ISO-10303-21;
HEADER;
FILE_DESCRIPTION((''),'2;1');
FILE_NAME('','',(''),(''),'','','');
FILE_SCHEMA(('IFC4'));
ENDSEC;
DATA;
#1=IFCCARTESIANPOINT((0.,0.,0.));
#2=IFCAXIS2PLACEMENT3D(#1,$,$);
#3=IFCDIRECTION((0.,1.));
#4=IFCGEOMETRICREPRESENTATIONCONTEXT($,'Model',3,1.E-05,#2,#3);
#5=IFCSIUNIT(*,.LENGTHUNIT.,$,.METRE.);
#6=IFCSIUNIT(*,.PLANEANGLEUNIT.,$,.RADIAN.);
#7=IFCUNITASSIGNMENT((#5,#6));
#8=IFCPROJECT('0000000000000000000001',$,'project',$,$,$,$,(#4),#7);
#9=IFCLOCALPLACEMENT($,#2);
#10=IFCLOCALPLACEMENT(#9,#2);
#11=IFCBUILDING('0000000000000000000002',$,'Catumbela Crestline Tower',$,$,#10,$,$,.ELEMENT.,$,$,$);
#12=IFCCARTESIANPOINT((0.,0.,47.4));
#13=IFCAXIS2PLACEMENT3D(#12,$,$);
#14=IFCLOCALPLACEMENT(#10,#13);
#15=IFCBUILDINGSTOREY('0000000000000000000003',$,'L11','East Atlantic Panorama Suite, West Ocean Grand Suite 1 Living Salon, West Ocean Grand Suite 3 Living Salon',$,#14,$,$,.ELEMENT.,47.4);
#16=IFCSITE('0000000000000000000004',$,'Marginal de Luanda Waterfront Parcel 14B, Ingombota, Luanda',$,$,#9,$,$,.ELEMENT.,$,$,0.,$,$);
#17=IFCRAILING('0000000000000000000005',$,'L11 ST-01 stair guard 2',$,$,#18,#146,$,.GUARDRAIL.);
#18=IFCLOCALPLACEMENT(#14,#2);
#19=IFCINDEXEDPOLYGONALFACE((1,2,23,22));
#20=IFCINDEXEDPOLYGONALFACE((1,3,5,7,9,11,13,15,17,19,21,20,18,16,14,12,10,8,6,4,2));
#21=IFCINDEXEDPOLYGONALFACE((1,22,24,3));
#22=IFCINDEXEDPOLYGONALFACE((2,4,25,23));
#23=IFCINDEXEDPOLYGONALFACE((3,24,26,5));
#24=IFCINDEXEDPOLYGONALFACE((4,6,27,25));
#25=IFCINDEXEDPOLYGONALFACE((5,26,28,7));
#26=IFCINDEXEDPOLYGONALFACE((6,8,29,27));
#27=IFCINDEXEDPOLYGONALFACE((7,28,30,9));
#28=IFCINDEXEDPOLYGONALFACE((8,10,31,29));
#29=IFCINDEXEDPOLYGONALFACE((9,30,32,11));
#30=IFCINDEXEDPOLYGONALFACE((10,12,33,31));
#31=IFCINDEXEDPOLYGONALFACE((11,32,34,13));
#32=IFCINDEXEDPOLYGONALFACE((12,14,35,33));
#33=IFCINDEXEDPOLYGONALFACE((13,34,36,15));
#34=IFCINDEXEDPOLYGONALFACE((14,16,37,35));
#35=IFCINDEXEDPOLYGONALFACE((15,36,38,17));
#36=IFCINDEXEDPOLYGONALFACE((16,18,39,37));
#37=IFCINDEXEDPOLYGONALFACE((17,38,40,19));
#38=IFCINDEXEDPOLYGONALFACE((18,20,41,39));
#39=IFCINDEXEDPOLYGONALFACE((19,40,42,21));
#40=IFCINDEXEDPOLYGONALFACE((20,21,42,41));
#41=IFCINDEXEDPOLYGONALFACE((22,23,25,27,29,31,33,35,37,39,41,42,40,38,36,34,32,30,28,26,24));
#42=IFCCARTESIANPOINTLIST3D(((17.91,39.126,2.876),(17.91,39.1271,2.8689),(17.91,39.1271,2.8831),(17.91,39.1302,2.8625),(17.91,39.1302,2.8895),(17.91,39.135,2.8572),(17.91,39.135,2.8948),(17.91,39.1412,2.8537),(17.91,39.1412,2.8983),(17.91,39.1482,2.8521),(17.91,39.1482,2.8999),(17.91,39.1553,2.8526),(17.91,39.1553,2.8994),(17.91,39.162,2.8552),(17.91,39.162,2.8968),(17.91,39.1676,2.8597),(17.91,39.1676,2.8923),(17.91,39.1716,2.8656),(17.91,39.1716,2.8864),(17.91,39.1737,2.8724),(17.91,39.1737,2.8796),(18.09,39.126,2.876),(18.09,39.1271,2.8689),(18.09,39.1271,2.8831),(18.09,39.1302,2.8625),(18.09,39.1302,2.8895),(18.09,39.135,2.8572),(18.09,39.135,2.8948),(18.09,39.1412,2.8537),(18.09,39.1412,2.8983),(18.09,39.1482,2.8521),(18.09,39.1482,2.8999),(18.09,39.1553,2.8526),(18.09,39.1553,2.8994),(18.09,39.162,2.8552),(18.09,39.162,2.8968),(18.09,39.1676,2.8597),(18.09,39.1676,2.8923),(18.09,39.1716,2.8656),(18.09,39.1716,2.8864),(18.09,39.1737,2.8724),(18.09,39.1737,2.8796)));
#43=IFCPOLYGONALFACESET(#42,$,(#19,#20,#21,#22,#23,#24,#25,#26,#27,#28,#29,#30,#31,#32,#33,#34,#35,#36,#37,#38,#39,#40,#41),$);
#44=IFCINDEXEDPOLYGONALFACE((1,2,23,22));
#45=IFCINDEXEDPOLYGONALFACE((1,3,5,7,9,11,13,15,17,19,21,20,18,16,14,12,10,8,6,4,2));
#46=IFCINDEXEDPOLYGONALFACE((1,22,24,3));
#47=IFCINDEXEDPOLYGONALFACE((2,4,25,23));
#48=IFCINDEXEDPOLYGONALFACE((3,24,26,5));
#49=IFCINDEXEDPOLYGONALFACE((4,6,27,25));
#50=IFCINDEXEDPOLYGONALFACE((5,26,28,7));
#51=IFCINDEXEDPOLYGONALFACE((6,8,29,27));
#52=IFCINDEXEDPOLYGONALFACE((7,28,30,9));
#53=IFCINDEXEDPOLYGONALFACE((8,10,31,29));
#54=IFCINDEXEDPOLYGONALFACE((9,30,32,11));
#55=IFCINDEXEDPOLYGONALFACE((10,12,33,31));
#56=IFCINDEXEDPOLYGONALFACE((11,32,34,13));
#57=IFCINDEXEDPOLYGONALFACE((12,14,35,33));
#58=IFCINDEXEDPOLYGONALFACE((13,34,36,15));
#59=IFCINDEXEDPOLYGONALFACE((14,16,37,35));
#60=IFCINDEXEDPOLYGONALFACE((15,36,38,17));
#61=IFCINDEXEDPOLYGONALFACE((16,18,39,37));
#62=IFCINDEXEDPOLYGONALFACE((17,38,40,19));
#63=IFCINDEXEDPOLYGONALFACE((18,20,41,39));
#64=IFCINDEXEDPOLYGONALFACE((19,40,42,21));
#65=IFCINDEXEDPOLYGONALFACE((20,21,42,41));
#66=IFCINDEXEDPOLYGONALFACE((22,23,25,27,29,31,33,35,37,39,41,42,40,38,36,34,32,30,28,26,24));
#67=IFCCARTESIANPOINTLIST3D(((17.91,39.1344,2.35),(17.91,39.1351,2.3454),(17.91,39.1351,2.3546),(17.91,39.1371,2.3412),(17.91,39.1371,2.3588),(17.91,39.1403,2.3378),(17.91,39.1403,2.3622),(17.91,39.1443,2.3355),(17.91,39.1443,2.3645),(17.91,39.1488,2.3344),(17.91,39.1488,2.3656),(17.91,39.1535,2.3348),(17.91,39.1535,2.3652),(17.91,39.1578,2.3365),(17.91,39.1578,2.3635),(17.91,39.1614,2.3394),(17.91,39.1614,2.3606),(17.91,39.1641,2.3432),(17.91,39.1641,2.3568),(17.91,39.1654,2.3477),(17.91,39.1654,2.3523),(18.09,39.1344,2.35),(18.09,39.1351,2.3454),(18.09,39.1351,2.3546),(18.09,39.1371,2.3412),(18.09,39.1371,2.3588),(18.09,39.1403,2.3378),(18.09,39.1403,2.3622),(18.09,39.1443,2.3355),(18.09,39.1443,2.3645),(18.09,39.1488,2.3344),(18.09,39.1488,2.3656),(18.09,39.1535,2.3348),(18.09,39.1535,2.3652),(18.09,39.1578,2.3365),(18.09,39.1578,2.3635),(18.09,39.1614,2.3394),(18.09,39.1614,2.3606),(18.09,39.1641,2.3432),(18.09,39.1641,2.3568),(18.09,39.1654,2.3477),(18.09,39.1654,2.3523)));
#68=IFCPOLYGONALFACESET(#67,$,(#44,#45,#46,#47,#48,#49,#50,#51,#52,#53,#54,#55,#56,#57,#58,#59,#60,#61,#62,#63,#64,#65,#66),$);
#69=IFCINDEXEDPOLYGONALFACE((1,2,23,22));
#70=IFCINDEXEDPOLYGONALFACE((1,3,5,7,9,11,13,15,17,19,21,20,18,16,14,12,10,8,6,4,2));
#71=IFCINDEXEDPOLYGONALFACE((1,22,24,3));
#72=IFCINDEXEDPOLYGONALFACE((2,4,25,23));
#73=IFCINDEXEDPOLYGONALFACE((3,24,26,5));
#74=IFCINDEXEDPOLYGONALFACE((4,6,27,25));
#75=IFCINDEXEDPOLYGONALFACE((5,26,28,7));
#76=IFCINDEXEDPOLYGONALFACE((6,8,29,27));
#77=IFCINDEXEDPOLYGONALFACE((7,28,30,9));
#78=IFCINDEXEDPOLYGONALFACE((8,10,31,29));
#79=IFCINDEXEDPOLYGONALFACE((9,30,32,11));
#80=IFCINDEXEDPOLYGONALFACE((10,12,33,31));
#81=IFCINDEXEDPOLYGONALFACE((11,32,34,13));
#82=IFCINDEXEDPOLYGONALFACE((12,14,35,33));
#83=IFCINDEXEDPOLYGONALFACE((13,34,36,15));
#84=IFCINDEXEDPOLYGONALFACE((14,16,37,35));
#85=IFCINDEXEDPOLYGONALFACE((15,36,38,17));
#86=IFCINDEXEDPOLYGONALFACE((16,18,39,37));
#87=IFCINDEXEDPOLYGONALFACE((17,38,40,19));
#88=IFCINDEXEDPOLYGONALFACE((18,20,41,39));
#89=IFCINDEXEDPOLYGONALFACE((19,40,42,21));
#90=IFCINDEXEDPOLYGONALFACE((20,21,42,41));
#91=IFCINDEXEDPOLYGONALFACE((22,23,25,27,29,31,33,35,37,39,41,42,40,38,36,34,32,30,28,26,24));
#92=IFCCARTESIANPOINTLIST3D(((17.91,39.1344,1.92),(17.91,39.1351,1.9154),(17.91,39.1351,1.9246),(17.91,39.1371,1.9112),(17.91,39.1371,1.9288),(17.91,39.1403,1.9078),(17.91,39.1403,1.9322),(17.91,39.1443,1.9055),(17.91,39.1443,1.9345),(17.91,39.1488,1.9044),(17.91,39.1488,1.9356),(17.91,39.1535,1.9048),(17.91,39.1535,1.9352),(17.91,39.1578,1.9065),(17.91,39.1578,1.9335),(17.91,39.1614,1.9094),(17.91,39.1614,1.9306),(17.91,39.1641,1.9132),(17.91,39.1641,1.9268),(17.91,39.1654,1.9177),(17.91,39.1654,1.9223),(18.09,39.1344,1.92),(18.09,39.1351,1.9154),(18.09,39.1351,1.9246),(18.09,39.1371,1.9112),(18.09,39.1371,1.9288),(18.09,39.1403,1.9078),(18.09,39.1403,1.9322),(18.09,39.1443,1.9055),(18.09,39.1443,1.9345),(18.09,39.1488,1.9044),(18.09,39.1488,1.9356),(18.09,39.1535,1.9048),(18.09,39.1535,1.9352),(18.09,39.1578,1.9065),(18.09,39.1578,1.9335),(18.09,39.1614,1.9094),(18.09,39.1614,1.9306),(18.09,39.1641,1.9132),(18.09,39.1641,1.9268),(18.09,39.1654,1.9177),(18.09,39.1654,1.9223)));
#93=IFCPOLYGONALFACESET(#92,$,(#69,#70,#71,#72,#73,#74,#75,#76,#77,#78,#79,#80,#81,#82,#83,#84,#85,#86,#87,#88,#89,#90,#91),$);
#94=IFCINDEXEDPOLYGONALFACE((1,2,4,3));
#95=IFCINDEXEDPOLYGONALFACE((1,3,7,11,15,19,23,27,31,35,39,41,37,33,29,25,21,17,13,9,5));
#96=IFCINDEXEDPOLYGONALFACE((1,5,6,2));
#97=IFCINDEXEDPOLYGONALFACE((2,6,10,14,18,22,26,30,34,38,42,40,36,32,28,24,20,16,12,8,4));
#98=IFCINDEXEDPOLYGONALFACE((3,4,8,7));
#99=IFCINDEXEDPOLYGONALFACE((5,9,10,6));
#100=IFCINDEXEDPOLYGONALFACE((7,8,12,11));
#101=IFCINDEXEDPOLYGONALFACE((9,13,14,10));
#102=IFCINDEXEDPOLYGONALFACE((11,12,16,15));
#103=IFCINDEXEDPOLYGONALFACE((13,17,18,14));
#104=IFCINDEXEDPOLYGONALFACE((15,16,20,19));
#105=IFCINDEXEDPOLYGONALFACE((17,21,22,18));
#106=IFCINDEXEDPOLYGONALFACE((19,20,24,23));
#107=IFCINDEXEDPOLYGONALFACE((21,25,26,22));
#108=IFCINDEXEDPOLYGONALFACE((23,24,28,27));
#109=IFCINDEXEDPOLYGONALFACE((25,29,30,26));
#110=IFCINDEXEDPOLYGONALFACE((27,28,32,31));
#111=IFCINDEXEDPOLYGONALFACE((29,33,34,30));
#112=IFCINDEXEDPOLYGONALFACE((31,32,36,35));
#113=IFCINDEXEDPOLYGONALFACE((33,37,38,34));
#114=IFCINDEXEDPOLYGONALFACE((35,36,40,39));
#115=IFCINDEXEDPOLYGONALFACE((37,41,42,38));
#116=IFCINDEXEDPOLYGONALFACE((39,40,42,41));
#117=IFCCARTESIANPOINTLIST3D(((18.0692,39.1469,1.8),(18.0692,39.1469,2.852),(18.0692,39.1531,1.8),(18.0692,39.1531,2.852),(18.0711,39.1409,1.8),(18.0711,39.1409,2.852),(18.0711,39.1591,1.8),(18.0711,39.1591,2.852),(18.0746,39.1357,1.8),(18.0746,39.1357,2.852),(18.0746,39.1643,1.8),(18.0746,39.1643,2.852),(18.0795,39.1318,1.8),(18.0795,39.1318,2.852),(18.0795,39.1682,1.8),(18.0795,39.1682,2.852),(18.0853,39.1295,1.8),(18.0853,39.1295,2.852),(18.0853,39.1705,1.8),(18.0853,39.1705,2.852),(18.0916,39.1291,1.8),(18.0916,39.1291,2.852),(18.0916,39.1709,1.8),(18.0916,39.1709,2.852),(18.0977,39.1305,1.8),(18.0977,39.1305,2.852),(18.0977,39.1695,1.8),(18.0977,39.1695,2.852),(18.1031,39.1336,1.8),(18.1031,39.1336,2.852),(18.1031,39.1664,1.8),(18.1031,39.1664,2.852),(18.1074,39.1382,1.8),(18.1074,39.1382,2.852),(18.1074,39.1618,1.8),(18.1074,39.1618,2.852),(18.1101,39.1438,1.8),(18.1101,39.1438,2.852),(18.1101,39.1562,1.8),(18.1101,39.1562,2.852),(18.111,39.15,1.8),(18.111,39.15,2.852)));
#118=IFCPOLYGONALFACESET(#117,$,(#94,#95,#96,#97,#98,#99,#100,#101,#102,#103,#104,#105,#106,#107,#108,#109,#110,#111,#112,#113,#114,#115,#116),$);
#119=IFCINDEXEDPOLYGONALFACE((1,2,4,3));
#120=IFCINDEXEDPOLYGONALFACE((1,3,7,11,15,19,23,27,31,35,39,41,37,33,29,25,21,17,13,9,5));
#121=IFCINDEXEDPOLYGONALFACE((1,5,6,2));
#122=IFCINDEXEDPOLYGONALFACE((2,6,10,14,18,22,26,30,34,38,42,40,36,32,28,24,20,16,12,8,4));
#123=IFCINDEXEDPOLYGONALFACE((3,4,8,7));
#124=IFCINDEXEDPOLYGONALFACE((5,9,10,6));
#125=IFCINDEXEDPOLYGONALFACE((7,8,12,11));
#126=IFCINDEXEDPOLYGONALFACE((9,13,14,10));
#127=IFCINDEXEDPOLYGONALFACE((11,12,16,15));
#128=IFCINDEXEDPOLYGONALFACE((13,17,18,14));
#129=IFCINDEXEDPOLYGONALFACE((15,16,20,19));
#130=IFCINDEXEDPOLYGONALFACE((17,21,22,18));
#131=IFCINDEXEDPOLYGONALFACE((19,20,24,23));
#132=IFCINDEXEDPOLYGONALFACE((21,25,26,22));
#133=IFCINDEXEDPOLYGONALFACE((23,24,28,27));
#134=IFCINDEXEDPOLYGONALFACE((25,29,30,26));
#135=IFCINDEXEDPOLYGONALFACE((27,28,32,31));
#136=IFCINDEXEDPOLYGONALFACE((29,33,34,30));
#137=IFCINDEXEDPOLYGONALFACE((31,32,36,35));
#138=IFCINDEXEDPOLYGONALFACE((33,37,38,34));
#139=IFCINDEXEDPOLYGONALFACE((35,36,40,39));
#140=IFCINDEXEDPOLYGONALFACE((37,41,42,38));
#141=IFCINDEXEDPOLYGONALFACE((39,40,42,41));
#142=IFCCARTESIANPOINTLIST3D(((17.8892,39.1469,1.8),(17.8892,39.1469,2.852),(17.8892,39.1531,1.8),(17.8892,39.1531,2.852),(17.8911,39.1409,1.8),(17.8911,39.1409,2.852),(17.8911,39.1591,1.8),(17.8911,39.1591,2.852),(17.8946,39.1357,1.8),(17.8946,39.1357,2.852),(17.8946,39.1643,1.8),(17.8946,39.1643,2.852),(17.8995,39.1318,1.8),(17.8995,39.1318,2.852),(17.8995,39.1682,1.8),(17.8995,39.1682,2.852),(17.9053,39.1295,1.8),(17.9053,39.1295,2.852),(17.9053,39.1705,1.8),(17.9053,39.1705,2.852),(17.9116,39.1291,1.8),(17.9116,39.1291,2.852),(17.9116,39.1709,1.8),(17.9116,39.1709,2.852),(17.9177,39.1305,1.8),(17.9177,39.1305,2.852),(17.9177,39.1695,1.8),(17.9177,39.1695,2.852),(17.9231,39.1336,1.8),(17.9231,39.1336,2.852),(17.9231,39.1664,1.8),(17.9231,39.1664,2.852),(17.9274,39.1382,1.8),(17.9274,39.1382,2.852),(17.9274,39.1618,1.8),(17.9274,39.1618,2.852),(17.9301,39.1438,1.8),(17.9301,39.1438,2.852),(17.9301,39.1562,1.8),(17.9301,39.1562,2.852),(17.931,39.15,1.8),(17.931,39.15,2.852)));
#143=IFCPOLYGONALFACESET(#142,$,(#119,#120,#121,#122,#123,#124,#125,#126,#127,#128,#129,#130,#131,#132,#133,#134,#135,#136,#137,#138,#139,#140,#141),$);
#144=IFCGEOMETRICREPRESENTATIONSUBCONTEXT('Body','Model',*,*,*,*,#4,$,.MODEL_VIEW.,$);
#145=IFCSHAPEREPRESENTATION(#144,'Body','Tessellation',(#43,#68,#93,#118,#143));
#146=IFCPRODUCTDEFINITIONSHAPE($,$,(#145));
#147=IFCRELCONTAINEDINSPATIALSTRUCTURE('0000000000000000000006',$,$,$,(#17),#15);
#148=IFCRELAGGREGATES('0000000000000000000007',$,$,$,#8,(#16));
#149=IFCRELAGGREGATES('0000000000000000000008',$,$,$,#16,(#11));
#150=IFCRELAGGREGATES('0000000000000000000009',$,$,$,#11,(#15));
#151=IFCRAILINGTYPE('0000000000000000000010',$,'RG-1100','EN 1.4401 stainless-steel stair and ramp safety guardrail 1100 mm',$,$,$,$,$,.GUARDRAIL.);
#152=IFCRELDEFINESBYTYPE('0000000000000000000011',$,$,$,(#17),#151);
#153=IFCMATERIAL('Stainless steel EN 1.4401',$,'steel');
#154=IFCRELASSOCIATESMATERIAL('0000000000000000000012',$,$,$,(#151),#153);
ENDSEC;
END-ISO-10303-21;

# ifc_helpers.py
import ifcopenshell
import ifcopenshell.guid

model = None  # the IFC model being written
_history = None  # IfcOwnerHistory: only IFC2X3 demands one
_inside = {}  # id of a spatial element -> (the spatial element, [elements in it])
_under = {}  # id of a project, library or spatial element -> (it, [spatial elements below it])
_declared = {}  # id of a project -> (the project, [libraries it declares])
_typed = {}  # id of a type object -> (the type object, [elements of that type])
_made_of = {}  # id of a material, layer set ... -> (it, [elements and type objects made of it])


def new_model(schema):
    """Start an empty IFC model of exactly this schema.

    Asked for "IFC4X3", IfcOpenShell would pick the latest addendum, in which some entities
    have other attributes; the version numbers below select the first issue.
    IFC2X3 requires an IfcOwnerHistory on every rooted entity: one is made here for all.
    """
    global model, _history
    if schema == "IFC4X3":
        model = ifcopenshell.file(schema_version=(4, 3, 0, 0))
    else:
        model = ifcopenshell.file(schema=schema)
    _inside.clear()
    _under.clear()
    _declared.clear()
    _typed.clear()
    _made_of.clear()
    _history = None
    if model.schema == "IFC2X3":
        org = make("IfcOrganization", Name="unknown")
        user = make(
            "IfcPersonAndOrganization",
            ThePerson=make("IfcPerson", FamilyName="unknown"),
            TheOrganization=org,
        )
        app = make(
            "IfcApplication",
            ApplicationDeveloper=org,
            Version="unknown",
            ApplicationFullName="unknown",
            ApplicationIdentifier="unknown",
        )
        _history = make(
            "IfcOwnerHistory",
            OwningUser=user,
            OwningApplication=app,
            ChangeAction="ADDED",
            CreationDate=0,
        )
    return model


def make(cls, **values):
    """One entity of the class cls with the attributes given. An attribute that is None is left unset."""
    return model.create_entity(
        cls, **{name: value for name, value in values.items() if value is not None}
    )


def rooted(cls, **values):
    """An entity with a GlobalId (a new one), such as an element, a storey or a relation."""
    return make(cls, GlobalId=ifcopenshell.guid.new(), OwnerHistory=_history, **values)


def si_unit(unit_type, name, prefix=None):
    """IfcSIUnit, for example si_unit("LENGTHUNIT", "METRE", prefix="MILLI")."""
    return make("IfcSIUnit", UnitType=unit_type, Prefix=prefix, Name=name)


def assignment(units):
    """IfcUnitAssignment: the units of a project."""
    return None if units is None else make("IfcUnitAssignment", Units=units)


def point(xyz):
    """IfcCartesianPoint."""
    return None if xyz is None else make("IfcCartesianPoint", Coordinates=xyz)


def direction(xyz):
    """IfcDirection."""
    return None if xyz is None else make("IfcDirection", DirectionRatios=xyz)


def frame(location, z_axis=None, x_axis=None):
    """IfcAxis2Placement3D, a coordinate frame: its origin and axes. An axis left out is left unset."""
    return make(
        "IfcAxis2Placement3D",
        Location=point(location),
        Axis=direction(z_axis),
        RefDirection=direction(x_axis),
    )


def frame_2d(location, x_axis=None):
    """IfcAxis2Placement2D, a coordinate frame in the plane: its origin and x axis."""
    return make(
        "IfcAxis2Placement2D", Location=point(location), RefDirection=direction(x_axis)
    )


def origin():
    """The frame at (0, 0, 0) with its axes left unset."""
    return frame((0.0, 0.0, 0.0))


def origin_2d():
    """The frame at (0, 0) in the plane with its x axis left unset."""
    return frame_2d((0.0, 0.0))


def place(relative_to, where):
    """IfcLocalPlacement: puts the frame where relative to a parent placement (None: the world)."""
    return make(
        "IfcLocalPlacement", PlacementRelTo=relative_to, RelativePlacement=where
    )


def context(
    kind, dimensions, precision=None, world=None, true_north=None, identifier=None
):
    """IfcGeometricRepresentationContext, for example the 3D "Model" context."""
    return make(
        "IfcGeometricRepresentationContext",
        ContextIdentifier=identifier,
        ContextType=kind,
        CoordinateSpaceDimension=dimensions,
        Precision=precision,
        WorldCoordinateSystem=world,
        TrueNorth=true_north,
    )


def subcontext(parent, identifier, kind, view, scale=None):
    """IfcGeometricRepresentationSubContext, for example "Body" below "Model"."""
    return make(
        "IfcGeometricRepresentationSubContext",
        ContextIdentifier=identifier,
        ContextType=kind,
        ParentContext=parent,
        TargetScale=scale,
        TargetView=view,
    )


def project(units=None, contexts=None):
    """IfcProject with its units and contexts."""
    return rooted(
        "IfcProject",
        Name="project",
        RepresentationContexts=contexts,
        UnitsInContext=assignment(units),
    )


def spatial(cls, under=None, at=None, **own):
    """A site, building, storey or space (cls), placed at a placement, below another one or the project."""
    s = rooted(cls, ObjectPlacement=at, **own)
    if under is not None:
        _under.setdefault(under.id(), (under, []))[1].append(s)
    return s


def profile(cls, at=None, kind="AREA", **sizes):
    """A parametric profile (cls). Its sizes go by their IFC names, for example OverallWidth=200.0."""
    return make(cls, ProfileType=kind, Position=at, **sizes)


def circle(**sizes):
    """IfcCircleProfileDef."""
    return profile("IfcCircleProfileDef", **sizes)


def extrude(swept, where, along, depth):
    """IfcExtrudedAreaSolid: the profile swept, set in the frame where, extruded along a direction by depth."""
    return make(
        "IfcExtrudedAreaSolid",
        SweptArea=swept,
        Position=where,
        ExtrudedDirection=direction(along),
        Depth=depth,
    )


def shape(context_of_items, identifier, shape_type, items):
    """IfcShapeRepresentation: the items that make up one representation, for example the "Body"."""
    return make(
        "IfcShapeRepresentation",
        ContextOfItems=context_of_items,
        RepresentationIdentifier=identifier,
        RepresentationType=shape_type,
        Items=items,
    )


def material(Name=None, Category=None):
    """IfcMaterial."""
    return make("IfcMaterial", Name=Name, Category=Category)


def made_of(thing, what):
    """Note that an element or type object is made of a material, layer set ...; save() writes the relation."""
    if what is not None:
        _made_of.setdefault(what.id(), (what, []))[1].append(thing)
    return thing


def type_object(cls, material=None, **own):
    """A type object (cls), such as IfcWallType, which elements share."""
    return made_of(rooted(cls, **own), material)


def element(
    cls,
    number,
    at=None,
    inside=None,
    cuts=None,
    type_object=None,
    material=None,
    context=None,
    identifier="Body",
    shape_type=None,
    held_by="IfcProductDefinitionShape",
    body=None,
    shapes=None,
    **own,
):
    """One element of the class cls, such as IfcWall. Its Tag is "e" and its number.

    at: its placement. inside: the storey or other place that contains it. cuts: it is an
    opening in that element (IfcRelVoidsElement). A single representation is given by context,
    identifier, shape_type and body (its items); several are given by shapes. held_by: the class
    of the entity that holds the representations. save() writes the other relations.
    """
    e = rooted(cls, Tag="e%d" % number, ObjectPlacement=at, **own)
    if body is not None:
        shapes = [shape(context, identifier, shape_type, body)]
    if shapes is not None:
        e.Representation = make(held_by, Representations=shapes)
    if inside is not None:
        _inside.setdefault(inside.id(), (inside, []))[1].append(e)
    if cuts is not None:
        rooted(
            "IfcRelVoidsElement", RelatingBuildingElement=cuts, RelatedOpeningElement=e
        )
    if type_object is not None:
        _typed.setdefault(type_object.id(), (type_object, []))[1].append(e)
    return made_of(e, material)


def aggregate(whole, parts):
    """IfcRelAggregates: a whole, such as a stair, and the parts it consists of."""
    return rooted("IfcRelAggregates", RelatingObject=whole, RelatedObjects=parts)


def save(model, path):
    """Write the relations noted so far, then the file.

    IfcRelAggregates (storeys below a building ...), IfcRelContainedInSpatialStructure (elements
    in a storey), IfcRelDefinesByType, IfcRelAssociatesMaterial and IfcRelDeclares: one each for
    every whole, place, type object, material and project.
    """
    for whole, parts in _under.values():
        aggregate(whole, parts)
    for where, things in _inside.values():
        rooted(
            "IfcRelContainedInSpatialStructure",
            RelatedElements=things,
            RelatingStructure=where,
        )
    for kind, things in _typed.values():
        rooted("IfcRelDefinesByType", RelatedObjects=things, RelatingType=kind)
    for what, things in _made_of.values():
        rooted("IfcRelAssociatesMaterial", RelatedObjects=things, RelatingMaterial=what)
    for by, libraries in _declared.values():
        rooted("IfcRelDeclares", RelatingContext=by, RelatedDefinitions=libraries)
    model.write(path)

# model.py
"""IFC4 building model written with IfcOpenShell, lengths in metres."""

from ifc_helpers import new_model, si_unit, direction, frame, origin, origin_2d, place, context, subcontext, project, spatial, circle, extrude, material, type_object, element, save


model = new_model("IFC4")

# Units and contexts
model_context = context("Model", 3, precision=1e-05, world=origin(), true_north=direction((0.0, 1.0)))
body_context = subcontext(model_context, "Body", "Model", "MODEL_VIEW")
ifc_project = project(units=[si_unit("LENGTHUNIT", "METRE"), si_unit("PLANEANGLEUNIT", "RADIAN")], contexts=[model_context])

# Site, building, storey
site_placement = place(None, origin())
site = spatial("IfcSite", under=ifc_project, at=site_placement, Name="Marginal de Luanda Waterfront Parcel 14B, Ingombota, Luanda", CompositionType="ELEMENT", RefElevation=0.0)
building_placement = place(site_placement, origin())
building = spatial("IfcBuilding", under=site, at=building_placement, Name="Catumbela Crestline Tower", CompositionType="ELEMENT")
storey_placement = place(building_placement, frame((0.0, 0.0, 47.4)))
storey = spatial("IfcBuildingStorey", under=building, at=storey_placement, Name="L11", Description="East Atlantic Panorama Suite, West Ocean Grand Suite 1 Living Salon, West Ocean Grand Suite 3 Living Salon", CompositionType="ELEMENT", Elevation=47.4)

# Railing
ifc_material_1 = material(Name="Stainless steel EN 1.4401", Category="steel")
railing_type_1 = type_object("IfcRailingType", Name="RG-1100", Description="EN 1.4401 stainless-steel stair and ramp safety guardrail 1100 mm", PredefinedType="GUARDRAIL", material=ifc_material_1)
railing_1_placement = place(storey_placement, frame((18.09, 39.15, 1.8)))
element("IfcRailing", 1, at=railing_1_placement, inside=storey, type_object=railing_type_1, Name="L11 ST-01 stair guard 2", PredefinedType="GUARDRAIL", context=body_context, shape_type="SweptSolid", body=[
    extrude(circle(Radius=0.024, at=origin_2d()), frame((0.0, 0.0, 1.076), z_axis=(-1.0, 0.0, 0.0), x_axis=(0.0, -1.0, 0.0)), (0.0, 0.0, 1.0), 0.18),
    extrude(circle(Radius=0.0156, at=origin_2d()), frame((0.0, 0.0, 0.55), z_axis=(-1.0, 0.0, 0.0), x_axis=(0.0, -1.0, 0.0)), (0.0, 0.0, 1.0), 0.18),
    extrude(circle(Radius=0.0156, at=origin_2d()), frame((0.0, 0.0, 0.12), z_axis=(-1.0, 0.0, 0.0), x_axis=(0.0, -1.0, 0.0)), (0.0, 0.0, 1.0), 0.18),
    extrude(circle(Radius=0.021, at=origin_2d()), origin(), (0.0, 0.0, 1.0), 1.052),
    extrude(circle(Radius=0.021, at=origin_2d()), frame((-0.18, 0.0, 0.0)), (0.0, 0.0, 1.0), 1.052),
])

save(model, "model.ifc")
